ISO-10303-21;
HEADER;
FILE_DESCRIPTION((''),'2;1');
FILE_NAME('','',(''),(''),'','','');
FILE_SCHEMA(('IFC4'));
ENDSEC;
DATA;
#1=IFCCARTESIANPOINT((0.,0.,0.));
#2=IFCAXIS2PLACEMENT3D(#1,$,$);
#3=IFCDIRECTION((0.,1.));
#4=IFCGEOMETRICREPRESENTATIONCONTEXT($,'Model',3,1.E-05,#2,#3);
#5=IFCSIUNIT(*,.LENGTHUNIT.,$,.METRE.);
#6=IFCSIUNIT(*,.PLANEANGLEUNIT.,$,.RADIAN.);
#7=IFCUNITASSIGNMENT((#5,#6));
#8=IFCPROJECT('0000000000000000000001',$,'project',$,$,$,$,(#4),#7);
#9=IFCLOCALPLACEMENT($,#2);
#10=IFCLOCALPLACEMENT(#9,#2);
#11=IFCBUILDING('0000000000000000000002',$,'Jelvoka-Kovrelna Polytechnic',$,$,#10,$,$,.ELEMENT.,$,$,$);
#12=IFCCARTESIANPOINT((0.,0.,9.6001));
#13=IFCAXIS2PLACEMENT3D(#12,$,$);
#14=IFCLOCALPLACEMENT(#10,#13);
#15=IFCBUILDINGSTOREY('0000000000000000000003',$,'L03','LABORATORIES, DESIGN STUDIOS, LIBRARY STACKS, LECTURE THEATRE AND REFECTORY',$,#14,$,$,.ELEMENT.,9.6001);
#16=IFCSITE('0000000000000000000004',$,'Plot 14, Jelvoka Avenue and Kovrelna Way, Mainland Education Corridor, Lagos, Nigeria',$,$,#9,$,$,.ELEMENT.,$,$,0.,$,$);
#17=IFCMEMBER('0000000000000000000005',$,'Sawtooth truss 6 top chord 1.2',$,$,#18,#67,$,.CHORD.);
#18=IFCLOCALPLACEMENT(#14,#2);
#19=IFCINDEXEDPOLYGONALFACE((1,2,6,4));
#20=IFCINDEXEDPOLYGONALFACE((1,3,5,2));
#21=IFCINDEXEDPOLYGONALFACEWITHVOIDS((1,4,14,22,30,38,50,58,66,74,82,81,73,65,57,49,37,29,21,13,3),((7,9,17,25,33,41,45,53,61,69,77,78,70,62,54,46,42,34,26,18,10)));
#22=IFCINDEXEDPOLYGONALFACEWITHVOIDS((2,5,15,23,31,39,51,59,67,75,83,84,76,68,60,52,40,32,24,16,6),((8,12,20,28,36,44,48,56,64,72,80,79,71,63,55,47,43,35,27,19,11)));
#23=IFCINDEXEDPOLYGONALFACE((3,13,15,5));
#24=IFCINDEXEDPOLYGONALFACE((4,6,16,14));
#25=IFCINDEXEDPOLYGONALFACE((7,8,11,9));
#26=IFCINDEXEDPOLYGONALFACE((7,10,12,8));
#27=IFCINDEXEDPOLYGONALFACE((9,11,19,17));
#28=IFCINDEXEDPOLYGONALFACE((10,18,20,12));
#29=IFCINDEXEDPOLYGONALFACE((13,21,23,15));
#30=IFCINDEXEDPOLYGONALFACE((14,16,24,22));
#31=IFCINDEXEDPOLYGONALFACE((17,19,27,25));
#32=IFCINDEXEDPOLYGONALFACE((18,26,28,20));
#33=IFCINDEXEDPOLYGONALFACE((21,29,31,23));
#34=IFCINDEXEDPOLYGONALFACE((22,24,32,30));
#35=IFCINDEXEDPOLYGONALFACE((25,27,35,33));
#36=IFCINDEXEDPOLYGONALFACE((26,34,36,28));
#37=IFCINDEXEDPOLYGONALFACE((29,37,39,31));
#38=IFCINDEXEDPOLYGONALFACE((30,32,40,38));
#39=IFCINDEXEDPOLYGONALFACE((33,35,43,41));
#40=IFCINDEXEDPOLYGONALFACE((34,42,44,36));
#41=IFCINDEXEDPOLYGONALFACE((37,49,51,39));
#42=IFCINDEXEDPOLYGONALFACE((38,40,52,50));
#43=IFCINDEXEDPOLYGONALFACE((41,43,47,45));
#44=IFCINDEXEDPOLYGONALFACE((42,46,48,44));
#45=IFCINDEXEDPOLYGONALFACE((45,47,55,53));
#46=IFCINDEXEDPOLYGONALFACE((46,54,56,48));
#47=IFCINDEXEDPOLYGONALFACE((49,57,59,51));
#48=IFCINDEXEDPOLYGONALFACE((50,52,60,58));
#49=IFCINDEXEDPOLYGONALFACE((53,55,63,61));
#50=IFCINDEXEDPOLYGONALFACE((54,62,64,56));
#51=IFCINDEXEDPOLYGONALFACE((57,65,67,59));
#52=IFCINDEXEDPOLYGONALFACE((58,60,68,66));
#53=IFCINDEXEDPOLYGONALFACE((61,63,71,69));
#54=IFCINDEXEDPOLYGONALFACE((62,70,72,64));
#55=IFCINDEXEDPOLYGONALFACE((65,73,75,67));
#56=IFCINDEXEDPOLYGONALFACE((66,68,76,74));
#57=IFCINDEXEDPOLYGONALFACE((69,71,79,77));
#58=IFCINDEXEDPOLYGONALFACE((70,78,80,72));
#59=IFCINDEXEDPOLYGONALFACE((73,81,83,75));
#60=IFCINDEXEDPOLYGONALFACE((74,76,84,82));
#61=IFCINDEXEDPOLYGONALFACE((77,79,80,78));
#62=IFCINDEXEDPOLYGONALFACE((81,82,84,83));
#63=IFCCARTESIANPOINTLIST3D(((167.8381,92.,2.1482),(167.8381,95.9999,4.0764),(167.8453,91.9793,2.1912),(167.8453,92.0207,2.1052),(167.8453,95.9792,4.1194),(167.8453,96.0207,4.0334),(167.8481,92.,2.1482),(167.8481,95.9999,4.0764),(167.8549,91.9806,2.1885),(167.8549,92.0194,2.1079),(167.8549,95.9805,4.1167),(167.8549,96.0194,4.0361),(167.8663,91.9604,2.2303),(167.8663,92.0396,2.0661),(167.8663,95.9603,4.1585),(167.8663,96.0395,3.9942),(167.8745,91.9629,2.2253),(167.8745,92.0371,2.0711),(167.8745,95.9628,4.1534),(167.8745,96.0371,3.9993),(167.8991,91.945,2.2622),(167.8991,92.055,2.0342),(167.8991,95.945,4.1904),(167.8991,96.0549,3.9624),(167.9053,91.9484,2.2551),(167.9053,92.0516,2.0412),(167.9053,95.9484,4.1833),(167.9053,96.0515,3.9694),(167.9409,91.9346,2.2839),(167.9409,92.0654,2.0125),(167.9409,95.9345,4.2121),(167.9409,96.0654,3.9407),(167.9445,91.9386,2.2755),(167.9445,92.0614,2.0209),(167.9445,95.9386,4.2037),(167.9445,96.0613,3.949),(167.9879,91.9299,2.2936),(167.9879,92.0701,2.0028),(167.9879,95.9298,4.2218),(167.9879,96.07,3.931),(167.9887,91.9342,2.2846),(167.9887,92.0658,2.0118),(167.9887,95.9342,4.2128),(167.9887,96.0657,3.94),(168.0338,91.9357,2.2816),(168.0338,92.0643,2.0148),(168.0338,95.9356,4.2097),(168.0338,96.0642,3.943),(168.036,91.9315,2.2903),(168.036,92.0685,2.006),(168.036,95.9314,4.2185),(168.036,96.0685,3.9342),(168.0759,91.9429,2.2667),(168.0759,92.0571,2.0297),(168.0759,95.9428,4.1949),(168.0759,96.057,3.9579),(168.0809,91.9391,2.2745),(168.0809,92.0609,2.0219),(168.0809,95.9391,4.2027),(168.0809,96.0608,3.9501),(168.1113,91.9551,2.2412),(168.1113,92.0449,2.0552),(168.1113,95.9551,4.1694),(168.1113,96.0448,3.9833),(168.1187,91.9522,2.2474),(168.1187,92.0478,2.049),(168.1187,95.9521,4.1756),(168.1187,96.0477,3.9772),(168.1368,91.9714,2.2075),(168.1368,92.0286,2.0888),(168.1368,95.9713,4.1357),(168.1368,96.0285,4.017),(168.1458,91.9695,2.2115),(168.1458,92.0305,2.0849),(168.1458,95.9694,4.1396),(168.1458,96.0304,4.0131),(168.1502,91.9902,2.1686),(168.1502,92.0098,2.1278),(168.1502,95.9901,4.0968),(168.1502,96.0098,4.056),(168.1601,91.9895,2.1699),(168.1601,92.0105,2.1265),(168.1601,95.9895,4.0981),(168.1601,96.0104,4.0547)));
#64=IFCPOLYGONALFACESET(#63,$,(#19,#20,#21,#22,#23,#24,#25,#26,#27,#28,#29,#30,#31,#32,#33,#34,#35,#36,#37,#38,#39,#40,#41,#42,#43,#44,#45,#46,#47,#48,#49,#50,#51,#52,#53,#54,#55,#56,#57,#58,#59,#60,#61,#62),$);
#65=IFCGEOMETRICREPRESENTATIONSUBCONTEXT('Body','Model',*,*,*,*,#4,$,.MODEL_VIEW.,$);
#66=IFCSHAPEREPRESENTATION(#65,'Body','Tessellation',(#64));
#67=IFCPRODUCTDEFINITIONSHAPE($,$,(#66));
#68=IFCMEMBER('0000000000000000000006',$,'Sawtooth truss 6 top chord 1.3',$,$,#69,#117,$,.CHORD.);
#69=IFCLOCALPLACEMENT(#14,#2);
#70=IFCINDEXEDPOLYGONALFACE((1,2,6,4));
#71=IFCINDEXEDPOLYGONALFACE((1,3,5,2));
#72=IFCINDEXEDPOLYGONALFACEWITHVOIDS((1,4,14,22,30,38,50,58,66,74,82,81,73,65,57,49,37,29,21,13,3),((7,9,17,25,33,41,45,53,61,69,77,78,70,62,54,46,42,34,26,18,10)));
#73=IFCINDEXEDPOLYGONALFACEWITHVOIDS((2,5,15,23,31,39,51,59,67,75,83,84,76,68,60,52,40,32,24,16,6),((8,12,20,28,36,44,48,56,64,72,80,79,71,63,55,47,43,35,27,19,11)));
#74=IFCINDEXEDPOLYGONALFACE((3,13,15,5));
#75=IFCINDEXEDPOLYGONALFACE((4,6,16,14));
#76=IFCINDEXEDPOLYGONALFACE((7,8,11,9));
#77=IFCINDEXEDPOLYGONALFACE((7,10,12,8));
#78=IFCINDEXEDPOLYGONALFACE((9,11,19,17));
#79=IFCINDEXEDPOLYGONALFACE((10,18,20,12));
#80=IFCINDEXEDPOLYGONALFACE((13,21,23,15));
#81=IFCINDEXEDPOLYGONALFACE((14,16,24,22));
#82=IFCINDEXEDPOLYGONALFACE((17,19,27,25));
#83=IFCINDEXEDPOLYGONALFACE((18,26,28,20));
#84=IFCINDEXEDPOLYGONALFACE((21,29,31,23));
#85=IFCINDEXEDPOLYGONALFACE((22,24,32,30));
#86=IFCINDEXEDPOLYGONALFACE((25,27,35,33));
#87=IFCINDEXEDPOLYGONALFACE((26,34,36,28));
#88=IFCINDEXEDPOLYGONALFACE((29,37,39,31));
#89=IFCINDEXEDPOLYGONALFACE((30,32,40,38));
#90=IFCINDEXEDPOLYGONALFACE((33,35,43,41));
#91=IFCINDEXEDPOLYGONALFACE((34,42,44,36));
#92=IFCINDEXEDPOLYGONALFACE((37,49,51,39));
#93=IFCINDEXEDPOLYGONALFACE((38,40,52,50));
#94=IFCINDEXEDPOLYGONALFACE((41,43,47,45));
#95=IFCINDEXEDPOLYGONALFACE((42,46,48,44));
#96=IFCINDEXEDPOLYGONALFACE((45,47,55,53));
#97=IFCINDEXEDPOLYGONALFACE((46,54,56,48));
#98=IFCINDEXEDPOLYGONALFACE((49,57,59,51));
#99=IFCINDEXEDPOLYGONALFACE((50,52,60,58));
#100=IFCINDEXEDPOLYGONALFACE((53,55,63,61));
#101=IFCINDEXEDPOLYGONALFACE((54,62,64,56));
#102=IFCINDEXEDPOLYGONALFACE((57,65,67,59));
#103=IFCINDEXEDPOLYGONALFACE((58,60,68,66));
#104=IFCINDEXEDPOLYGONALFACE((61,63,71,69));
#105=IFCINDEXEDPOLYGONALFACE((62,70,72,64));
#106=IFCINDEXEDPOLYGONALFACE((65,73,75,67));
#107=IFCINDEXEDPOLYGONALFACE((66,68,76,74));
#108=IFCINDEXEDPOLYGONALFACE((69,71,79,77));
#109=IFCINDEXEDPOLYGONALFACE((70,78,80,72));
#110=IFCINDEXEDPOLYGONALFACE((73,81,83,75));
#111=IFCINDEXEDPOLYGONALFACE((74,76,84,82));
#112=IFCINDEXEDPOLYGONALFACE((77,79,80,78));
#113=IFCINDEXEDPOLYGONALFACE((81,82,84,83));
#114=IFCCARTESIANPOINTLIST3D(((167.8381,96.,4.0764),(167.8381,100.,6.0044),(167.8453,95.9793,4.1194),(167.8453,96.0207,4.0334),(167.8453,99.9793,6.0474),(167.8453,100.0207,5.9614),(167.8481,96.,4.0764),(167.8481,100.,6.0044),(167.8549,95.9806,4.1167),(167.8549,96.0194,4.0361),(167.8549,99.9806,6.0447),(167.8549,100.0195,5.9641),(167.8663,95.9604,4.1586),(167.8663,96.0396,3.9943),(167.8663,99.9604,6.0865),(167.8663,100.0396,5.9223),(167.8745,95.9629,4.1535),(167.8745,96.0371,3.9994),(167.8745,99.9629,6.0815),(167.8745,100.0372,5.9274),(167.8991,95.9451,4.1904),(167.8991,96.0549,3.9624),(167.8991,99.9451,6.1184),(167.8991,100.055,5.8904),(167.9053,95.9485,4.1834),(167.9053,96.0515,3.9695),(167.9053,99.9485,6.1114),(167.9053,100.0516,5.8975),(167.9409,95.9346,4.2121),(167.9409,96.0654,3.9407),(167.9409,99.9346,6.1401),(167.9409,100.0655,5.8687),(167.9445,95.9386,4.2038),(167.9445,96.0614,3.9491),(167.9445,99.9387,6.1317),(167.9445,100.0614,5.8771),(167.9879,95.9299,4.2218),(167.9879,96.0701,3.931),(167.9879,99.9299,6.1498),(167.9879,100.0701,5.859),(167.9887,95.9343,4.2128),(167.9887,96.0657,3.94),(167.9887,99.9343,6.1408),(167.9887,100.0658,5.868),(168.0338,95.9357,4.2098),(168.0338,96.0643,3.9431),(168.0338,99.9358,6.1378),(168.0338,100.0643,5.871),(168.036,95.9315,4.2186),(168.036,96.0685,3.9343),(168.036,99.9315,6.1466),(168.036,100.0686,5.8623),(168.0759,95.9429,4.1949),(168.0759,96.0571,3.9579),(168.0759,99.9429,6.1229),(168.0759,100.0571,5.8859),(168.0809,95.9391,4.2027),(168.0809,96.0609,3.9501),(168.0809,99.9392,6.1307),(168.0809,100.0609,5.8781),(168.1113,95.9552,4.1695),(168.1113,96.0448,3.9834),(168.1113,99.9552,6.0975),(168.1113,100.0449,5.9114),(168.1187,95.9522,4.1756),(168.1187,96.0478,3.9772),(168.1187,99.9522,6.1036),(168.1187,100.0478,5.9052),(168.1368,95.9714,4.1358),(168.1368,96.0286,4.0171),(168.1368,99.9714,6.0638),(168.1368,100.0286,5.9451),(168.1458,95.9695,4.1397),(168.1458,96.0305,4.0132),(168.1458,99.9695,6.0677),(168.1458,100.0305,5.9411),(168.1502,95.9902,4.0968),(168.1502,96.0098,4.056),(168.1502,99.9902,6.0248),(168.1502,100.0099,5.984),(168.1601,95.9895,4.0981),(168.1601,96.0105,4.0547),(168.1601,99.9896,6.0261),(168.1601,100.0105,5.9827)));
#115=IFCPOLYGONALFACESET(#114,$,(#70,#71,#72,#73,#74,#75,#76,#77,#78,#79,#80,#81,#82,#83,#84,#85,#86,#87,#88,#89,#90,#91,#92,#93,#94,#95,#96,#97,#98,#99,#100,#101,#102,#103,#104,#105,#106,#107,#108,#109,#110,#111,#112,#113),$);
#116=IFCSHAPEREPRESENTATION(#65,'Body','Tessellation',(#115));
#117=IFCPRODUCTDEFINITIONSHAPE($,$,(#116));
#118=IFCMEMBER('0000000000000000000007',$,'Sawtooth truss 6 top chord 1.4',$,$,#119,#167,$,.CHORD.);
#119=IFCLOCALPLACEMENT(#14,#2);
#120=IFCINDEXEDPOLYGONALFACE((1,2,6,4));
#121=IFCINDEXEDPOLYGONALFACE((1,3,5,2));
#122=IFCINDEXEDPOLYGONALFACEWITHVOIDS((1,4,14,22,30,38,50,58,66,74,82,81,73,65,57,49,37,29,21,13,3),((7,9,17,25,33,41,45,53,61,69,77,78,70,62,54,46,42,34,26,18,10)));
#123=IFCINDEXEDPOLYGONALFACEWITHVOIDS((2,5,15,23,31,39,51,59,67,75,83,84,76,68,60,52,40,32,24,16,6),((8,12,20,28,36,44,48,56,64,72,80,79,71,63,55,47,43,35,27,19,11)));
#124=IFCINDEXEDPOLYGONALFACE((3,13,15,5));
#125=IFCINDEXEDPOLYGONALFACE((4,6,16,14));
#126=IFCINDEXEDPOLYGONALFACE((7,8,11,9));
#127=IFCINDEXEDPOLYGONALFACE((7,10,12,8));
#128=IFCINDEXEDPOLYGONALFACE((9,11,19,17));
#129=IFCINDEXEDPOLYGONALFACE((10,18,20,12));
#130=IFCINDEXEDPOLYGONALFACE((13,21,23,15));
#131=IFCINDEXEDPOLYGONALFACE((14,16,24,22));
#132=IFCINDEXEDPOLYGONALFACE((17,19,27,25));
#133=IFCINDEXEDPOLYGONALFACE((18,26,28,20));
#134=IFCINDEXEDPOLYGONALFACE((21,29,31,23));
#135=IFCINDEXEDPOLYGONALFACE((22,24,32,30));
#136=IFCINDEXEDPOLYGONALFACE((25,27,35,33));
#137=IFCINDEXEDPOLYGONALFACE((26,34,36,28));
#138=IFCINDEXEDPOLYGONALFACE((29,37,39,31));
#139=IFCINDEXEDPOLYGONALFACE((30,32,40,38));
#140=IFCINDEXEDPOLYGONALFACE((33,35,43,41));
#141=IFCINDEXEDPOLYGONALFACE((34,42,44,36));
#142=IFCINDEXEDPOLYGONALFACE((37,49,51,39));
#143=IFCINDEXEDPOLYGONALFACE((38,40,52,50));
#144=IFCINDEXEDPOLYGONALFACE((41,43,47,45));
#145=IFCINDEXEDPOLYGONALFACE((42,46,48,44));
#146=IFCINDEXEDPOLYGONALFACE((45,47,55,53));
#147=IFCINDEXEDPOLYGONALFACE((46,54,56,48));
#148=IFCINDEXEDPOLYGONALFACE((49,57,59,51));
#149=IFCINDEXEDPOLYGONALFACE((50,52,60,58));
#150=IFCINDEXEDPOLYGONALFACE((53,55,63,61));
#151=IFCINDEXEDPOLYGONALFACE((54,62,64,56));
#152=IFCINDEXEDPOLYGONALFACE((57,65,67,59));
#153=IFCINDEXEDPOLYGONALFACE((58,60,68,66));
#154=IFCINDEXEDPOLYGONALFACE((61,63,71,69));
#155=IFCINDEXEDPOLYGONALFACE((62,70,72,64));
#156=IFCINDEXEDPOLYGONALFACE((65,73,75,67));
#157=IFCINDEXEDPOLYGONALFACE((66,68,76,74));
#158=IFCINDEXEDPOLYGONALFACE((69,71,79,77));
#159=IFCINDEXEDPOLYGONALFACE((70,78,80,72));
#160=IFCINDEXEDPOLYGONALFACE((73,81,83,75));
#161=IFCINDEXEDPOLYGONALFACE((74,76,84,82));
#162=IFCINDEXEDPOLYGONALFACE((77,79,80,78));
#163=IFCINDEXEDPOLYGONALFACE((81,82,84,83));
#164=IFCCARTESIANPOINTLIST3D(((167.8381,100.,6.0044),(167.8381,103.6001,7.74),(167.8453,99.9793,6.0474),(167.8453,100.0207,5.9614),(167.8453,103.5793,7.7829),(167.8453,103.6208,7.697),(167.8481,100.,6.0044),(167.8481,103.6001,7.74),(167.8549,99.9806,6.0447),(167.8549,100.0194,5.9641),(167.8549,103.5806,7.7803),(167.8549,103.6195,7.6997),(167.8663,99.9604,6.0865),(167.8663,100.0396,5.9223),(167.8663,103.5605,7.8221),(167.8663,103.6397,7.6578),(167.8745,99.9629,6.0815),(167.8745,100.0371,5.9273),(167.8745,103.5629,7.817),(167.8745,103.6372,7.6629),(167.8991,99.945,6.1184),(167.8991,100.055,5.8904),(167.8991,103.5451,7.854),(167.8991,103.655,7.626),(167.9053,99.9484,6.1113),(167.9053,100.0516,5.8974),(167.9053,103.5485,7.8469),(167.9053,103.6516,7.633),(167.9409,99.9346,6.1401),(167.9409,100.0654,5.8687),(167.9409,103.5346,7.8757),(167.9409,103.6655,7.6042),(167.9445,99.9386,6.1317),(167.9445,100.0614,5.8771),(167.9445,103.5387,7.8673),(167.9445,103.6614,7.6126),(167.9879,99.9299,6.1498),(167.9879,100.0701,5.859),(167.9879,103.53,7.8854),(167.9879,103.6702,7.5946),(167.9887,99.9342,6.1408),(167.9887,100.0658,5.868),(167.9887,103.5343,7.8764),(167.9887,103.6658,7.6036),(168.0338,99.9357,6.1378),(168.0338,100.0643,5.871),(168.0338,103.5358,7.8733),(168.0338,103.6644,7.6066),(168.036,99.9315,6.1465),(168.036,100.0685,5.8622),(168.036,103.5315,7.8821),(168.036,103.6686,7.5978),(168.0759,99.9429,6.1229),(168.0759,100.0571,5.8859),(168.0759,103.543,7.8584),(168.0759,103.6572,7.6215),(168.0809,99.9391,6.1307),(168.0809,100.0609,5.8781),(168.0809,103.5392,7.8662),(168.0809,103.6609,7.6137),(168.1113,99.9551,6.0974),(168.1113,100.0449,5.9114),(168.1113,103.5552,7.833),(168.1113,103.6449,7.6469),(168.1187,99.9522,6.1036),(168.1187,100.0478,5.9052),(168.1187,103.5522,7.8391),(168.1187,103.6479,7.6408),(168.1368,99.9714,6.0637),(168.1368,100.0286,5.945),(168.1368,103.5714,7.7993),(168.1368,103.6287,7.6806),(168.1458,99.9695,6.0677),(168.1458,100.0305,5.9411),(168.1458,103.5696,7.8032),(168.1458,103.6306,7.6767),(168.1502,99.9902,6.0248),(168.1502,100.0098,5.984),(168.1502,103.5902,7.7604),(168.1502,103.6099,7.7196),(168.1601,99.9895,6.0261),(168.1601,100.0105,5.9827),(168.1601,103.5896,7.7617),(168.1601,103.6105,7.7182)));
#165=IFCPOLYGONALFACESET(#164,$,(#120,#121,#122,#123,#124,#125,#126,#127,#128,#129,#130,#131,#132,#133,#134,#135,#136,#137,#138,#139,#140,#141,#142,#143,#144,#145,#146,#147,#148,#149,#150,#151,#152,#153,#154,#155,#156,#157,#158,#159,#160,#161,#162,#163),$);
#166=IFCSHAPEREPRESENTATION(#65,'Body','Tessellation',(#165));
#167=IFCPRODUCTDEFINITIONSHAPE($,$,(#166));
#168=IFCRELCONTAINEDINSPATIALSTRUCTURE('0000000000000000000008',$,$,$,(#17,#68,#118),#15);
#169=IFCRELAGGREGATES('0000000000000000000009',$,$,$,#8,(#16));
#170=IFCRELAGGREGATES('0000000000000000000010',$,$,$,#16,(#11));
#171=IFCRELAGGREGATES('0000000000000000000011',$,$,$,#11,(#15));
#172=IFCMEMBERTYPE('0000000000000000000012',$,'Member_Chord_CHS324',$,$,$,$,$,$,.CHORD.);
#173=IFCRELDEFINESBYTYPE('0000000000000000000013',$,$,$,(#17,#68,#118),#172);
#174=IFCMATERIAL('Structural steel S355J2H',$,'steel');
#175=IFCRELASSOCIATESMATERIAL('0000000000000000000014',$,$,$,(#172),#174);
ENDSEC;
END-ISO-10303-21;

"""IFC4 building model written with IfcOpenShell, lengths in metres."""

from ifc_helpers import new_model, si_unit, direction, frame, origin, origin_2d, place, context, subcontext, project, spatial, hollow_circle, extrude, material, material_profile, profile_set, type_object, element, save


model = new_model("IFC4")

# Units and contexts
model_context = context("Model", 3, precision=1e-05, world=origin(), true_north=direction((0.0, 1.0)))
body_context = subcontext(model_context, "Body", "Model", "MODEL_VIEW")
ifc_project = project(units=[si_unit("LENGTHUNIT", "METRE"), si_unit("PLANEANGLEUNIT", "RADIAN")], contexts=[model_context])

# Site, building, storey
site_placement = place(None, origin())
site = spatial("IfcSite", under=ifc_project, at=site_placement, Name="Plot 14, Jelvoka Avenue and Kovrelna Way, Mainland Education Corridor, Lagos, Nigeria", CompositionType="ELEMENT", RefElevation=0.0)
building_placement = place(site_placement, origin())
building = spatial("IfcBuilding", under=site, at=building_placement, Name="Jelvoka-Kovrelna Polytechnic", CompositionType="ELEMENT")
storey_placement = place(building_placement, frame((0.0, 0.0, 9.6001)))
storey = spatial("IfcBuildingStorey", under=building, at=storey_placement, Name="L03", Description="LABORATORIES, DESIGN STUDIOS, LIBRARY STACKS, LECTURE THEATRE AND REFECTORY", CompositionType="ELEMENT", Elevation=9.6001)

# Members
ifc_material_1 = material(Name="Structural steel S355J2H", Category="steel")
ifc_material_profile_1 = material_profile(ifc_material_1, hollow_circle(Radius=0.1619, WallThickness=0.01, at=origin_2d()), Name="323.9x10.0 CHS")
ifc_profile_set_1 = profile_set([ifc_material_profile_1], Name="Structural steel S355J2H")
member_type_1 = type_object("IfcMemberType", Name="Member_Chord_CHS324", PredefinedType="CHORD", material=ifc_profile_set_1)
for number, where, z_axis, x_axis, name in (
    (1, (168.0, 92.0, 2.1482), (0.0, 0.900799, 0.434235), (-1.0, 0.0, 0.0), "Sawtooth truss 6 top chord 1.2"),
    (2, (168.0, 96.0, 4.0764), (0.0, 0.900821, 0.434191), (-1.0, 0.0, 0.0), "Sawtooth truss 6 top chord 1.3"),
):
    element("IfcMember", number, at=place(storey_placement, frame(where, z_axis=z_axis, x_axis=x_axis)), inside=storey, type_object=member_type_1, Name=name, PredefinedType="CHORD", context=body_context, shape_type="SweptSolid", body=[
        extrude(hollow_circle(Radius=0.1619, WallThickness=0.01, at=origin_2d()), origin(), (0.0, 0.0, 1.0), 4.4404),
    ])
member_1_placement = place(storey_placement, frame((168.0, 100.0, 6.0044), z_axis=(0.0, 0.900785, 0.434266), x_axis=(-1.0, 0.0, 0.0)))
element("IfcMember", 3, at=member_1_placement, inside=storey, type_object=member_type_1, Name="Sawtooth truss 6 top chord 1.4", PredefinedType="CHORD", context=body_context, shape_type="SweptSolid", body=[
    extrude(hollow_circle(Radius=0.1619, WallThickness=0.01, at=origin_2d()), origin(), (0.0, 0.0, 1.0), 3.9966),
])

save(model, "model.ifc")
